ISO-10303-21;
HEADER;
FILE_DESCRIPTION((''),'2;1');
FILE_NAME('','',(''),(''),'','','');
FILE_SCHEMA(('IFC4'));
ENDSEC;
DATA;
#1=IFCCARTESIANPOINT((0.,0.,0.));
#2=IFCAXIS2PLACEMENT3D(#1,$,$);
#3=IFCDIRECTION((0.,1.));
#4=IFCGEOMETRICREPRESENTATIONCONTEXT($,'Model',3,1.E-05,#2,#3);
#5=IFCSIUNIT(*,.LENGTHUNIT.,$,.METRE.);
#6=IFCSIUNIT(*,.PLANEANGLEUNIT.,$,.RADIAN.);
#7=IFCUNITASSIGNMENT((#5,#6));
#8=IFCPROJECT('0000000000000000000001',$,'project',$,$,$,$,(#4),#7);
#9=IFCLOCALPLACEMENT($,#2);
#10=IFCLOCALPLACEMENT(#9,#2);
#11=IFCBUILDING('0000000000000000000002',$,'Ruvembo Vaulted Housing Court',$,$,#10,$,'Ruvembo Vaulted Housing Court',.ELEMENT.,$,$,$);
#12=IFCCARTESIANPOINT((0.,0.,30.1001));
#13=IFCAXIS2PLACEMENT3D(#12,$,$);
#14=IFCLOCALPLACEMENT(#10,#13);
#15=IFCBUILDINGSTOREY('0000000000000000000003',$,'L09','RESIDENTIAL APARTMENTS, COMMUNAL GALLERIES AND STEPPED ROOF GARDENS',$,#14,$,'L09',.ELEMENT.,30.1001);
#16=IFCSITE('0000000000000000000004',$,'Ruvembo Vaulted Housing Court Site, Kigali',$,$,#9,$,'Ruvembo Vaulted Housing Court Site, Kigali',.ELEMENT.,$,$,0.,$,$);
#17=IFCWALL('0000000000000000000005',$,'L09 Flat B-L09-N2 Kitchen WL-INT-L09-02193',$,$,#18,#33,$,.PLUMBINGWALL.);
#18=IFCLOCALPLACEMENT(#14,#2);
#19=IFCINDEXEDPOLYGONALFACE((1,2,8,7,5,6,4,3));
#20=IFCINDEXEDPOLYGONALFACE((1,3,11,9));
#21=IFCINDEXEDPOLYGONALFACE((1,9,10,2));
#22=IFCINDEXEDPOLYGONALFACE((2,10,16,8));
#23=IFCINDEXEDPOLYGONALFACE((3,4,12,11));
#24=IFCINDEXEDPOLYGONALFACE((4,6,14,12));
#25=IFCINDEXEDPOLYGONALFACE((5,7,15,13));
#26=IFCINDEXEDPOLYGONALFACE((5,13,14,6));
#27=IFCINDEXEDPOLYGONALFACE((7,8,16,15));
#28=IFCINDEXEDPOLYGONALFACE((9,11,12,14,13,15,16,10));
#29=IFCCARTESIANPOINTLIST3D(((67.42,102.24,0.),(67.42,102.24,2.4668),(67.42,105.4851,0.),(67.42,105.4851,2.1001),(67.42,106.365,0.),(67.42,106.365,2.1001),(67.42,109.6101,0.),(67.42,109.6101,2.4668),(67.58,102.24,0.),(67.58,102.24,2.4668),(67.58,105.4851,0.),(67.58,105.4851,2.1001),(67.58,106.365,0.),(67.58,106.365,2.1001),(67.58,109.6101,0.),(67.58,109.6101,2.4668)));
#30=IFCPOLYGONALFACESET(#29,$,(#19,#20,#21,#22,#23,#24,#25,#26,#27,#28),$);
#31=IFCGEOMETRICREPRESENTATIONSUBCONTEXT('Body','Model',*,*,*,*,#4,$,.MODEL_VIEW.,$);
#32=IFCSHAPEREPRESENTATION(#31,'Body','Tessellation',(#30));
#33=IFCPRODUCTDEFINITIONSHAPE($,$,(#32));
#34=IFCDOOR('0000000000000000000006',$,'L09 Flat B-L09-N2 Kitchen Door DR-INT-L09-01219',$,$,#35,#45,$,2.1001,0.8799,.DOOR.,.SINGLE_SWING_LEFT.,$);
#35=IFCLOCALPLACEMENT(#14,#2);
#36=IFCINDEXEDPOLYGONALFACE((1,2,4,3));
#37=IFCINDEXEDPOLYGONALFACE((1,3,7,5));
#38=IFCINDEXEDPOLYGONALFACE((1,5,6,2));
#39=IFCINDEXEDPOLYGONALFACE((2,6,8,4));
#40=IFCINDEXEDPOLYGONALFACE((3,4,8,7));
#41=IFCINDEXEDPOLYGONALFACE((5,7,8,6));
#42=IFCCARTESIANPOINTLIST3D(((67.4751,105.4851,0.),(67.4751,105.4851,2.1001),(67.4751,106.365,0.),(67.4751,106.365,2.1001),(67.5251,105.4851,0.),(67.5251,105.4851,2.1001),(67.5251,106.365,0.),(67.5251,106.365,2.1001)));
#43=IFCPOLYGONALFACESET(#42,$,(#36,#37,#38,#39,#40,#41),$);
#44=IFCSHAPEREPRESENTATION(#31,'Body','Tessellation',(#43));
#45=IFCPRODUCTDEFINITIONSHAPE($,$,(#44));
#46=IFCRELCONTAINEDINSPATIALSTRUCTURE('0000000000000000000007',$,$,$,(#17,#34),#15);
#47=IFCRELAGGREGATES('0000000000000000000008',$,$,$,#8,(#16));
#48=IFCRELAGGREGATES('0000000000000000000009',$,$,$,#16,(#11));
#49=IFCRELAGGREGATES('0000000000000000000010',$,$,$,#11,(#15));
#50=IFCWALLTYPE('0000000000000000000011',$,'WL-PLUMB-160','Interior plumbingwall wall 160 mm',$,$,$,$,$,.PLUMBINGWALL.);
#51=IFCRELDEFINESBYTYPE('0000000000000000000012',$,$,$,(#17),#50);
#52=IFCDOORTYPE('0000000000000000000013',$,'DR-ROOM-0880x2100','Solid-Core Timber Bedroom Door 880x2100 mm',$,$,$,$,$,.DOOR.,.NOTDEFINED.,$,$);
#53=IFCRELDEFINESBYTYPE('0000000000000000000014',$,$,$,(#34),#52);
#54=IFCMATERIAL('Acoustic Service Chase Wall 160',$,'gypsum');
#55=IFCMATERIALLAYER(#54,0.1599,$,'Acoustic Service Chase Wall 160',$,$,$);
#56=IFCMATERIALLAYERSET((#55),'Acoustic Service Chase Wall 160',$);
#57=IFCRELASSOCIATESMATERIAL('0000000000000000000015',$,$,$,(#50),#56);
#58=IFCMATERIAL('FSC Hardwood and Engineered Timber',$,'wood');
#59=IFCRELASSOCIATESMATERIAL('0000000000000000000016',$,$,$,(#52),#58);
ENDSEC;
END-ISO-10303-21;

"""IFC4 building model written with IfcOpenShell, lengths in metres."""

from ifc_helpers import new_model, si_unit, direction, frame, frame_2d, origin, place, context, subcontext, project, spatial, rectangle, extrude, material, layer, layer_set, type_object, element, fill, save


model = new_model("IFC4")

# Units and contexts
model_context = context("Model", 3, precision=1e-05, world=origin(), true_north=direction((0.0, 1.0)))
body_context = subcontext(model_context, "Body", "Model", "MODEL_VIEW")
ifc_project = project(units=[si_unit("LENGTHUNIT", "METRE"), si_unit("PLANEANGLEUNIT", "RADIAN")], contexts=[model_context])

# Site, building, storey
site_placement = place(None, origin())
site = spatial("IfcSite", under=ifc_project, at=site_placement, Name="Ruvembo Vaulted Housing Court Site, Kigali", LongName="Ruvembo Vaulted Housing Court Site, Kigali", CompositionType="ELEMENT", RefElevation=0.0)
building_placement = place(site_placement, origin())
building = spatial("IfcBuilding", under=site, at=building_placement, Name="Ruvembo Vaulted Housing Court", LongName="Ruvembo Vaulted Housing Court", CompositionType="ELEMENT")
storey_placement = place(building_placement, frame((0.0, 0.0, 30.1001)))
storey = spatial("IfcBuildingStorey", under=building, at=storey_placement, Name="L09", Description="RESIDENTIAL APARTMENTS, COMMUNAL GALLERIES AND STEPPED ROOF GARDENS", LongName="L09", CompositionType="ELEMENT", Elevation=30.1001)

# Shared definitions
ifc_material_1 = material(Name="FSC Hardwood and Engineered Timber", Category="wood")

# Wall, opening, door
ifc_material_2 = material(Name="Acoustic Service Chase Wall 160", Category="gypsum")
ifc_layer_1 = layer(ifc_material_2, 0.1599, Name="Acoustic Service Chase Wall 160")
ifc_layer_set_1 = layer_set([ifc_layer_1], Name="Acoustic Service Chase Wall 160")
wall_type_1 = type_object("IfcWallType", Name="WL-PLUMB-160", Description="Interior plumbingwall wall 160 mm", PredefinedType="PLUMBINGWALL", material=ifc_layer_set_1)
wall_1_placement = place(storey_placement, frame((67.5, 102.24, 0.0), z_axis=(0.0, 0.0, 1.0), x_axis=(0.0, 1.0, 0.0)))
wall_1 = element("IfcWall", 1, at=wall_1_placement, inside=storey, type_object=wall_type_1, Name="L09 Flat B-L09-N2 Kitchen WL-INT-L09-02193", PredefinedType="PLUMBINGWALL", context=body_context, shape_type="SweptSolid", body=[
    extrude(rectangle(XDim=7.3701, YDim=0.1599, at=frame_2d((3.6851, 0.0))), origin(), (0.0, 0.0, 1.0), 2.4668),
])
opening_1_placement = place(wall_1_placement, frame((3.2451, 0.0, 0.0)))
opening_1 = element("IfcOpeningElement", 2, at=opening_1_placement, cuts=wall_1, PredefinedType="OPENING", context=body_context, shape_type="SweptSolid", body=[
    extrude(rectangle(XDim=0.8799, YDim=2.1001, at=frame_2d((0.4399, 1.05))), frame((0.0, 0.0898, 0.0), z_axis=(0.0, -1.0, 0.0), x_axis=(1.0, 0.0, 0.0)), (0.0, 0.0, 1.0), 0.1799),
])
door_type_1 = type_object("IfcDoorType", Name="DR-ROOM-0880x2100", Description="Solid-Core Timber Bedroom Door 880x2100 mm", OperationType="NOTDEFINED", PredefinedType="DOOR", material=ifc_material_1)
door_1_placement = place(opening_1_placement, origin())
door_1 = element("IfcDoor", 3, at=door_1_placement, inside=storey, type_object=door_type_1, Name="L09 Flat B-L09-N2 Kitchen Door DR-INT-L09-01219", OperationType="SINGLE_SWING_LEFT", OverallHeight=2.1001, OverallWidth=0.8799, PredefinedType="DOOR", context=body_context, shape_type="SweptSolid", body=[
    extrude(rectangle(XDim=0.8799, YDim=2.1001, at=frame_2d((0.4399, 1.05))), frame((0.0, 0.0249, 0.0), z_axis=(0.0, -1.0, 0.0), x_axis=(1.0, 0.0, 0.0)), (0.0, 0.0, 1.0), 0.05),
])
fill(opening_1, door_1)

save(model, "model.ifc")
